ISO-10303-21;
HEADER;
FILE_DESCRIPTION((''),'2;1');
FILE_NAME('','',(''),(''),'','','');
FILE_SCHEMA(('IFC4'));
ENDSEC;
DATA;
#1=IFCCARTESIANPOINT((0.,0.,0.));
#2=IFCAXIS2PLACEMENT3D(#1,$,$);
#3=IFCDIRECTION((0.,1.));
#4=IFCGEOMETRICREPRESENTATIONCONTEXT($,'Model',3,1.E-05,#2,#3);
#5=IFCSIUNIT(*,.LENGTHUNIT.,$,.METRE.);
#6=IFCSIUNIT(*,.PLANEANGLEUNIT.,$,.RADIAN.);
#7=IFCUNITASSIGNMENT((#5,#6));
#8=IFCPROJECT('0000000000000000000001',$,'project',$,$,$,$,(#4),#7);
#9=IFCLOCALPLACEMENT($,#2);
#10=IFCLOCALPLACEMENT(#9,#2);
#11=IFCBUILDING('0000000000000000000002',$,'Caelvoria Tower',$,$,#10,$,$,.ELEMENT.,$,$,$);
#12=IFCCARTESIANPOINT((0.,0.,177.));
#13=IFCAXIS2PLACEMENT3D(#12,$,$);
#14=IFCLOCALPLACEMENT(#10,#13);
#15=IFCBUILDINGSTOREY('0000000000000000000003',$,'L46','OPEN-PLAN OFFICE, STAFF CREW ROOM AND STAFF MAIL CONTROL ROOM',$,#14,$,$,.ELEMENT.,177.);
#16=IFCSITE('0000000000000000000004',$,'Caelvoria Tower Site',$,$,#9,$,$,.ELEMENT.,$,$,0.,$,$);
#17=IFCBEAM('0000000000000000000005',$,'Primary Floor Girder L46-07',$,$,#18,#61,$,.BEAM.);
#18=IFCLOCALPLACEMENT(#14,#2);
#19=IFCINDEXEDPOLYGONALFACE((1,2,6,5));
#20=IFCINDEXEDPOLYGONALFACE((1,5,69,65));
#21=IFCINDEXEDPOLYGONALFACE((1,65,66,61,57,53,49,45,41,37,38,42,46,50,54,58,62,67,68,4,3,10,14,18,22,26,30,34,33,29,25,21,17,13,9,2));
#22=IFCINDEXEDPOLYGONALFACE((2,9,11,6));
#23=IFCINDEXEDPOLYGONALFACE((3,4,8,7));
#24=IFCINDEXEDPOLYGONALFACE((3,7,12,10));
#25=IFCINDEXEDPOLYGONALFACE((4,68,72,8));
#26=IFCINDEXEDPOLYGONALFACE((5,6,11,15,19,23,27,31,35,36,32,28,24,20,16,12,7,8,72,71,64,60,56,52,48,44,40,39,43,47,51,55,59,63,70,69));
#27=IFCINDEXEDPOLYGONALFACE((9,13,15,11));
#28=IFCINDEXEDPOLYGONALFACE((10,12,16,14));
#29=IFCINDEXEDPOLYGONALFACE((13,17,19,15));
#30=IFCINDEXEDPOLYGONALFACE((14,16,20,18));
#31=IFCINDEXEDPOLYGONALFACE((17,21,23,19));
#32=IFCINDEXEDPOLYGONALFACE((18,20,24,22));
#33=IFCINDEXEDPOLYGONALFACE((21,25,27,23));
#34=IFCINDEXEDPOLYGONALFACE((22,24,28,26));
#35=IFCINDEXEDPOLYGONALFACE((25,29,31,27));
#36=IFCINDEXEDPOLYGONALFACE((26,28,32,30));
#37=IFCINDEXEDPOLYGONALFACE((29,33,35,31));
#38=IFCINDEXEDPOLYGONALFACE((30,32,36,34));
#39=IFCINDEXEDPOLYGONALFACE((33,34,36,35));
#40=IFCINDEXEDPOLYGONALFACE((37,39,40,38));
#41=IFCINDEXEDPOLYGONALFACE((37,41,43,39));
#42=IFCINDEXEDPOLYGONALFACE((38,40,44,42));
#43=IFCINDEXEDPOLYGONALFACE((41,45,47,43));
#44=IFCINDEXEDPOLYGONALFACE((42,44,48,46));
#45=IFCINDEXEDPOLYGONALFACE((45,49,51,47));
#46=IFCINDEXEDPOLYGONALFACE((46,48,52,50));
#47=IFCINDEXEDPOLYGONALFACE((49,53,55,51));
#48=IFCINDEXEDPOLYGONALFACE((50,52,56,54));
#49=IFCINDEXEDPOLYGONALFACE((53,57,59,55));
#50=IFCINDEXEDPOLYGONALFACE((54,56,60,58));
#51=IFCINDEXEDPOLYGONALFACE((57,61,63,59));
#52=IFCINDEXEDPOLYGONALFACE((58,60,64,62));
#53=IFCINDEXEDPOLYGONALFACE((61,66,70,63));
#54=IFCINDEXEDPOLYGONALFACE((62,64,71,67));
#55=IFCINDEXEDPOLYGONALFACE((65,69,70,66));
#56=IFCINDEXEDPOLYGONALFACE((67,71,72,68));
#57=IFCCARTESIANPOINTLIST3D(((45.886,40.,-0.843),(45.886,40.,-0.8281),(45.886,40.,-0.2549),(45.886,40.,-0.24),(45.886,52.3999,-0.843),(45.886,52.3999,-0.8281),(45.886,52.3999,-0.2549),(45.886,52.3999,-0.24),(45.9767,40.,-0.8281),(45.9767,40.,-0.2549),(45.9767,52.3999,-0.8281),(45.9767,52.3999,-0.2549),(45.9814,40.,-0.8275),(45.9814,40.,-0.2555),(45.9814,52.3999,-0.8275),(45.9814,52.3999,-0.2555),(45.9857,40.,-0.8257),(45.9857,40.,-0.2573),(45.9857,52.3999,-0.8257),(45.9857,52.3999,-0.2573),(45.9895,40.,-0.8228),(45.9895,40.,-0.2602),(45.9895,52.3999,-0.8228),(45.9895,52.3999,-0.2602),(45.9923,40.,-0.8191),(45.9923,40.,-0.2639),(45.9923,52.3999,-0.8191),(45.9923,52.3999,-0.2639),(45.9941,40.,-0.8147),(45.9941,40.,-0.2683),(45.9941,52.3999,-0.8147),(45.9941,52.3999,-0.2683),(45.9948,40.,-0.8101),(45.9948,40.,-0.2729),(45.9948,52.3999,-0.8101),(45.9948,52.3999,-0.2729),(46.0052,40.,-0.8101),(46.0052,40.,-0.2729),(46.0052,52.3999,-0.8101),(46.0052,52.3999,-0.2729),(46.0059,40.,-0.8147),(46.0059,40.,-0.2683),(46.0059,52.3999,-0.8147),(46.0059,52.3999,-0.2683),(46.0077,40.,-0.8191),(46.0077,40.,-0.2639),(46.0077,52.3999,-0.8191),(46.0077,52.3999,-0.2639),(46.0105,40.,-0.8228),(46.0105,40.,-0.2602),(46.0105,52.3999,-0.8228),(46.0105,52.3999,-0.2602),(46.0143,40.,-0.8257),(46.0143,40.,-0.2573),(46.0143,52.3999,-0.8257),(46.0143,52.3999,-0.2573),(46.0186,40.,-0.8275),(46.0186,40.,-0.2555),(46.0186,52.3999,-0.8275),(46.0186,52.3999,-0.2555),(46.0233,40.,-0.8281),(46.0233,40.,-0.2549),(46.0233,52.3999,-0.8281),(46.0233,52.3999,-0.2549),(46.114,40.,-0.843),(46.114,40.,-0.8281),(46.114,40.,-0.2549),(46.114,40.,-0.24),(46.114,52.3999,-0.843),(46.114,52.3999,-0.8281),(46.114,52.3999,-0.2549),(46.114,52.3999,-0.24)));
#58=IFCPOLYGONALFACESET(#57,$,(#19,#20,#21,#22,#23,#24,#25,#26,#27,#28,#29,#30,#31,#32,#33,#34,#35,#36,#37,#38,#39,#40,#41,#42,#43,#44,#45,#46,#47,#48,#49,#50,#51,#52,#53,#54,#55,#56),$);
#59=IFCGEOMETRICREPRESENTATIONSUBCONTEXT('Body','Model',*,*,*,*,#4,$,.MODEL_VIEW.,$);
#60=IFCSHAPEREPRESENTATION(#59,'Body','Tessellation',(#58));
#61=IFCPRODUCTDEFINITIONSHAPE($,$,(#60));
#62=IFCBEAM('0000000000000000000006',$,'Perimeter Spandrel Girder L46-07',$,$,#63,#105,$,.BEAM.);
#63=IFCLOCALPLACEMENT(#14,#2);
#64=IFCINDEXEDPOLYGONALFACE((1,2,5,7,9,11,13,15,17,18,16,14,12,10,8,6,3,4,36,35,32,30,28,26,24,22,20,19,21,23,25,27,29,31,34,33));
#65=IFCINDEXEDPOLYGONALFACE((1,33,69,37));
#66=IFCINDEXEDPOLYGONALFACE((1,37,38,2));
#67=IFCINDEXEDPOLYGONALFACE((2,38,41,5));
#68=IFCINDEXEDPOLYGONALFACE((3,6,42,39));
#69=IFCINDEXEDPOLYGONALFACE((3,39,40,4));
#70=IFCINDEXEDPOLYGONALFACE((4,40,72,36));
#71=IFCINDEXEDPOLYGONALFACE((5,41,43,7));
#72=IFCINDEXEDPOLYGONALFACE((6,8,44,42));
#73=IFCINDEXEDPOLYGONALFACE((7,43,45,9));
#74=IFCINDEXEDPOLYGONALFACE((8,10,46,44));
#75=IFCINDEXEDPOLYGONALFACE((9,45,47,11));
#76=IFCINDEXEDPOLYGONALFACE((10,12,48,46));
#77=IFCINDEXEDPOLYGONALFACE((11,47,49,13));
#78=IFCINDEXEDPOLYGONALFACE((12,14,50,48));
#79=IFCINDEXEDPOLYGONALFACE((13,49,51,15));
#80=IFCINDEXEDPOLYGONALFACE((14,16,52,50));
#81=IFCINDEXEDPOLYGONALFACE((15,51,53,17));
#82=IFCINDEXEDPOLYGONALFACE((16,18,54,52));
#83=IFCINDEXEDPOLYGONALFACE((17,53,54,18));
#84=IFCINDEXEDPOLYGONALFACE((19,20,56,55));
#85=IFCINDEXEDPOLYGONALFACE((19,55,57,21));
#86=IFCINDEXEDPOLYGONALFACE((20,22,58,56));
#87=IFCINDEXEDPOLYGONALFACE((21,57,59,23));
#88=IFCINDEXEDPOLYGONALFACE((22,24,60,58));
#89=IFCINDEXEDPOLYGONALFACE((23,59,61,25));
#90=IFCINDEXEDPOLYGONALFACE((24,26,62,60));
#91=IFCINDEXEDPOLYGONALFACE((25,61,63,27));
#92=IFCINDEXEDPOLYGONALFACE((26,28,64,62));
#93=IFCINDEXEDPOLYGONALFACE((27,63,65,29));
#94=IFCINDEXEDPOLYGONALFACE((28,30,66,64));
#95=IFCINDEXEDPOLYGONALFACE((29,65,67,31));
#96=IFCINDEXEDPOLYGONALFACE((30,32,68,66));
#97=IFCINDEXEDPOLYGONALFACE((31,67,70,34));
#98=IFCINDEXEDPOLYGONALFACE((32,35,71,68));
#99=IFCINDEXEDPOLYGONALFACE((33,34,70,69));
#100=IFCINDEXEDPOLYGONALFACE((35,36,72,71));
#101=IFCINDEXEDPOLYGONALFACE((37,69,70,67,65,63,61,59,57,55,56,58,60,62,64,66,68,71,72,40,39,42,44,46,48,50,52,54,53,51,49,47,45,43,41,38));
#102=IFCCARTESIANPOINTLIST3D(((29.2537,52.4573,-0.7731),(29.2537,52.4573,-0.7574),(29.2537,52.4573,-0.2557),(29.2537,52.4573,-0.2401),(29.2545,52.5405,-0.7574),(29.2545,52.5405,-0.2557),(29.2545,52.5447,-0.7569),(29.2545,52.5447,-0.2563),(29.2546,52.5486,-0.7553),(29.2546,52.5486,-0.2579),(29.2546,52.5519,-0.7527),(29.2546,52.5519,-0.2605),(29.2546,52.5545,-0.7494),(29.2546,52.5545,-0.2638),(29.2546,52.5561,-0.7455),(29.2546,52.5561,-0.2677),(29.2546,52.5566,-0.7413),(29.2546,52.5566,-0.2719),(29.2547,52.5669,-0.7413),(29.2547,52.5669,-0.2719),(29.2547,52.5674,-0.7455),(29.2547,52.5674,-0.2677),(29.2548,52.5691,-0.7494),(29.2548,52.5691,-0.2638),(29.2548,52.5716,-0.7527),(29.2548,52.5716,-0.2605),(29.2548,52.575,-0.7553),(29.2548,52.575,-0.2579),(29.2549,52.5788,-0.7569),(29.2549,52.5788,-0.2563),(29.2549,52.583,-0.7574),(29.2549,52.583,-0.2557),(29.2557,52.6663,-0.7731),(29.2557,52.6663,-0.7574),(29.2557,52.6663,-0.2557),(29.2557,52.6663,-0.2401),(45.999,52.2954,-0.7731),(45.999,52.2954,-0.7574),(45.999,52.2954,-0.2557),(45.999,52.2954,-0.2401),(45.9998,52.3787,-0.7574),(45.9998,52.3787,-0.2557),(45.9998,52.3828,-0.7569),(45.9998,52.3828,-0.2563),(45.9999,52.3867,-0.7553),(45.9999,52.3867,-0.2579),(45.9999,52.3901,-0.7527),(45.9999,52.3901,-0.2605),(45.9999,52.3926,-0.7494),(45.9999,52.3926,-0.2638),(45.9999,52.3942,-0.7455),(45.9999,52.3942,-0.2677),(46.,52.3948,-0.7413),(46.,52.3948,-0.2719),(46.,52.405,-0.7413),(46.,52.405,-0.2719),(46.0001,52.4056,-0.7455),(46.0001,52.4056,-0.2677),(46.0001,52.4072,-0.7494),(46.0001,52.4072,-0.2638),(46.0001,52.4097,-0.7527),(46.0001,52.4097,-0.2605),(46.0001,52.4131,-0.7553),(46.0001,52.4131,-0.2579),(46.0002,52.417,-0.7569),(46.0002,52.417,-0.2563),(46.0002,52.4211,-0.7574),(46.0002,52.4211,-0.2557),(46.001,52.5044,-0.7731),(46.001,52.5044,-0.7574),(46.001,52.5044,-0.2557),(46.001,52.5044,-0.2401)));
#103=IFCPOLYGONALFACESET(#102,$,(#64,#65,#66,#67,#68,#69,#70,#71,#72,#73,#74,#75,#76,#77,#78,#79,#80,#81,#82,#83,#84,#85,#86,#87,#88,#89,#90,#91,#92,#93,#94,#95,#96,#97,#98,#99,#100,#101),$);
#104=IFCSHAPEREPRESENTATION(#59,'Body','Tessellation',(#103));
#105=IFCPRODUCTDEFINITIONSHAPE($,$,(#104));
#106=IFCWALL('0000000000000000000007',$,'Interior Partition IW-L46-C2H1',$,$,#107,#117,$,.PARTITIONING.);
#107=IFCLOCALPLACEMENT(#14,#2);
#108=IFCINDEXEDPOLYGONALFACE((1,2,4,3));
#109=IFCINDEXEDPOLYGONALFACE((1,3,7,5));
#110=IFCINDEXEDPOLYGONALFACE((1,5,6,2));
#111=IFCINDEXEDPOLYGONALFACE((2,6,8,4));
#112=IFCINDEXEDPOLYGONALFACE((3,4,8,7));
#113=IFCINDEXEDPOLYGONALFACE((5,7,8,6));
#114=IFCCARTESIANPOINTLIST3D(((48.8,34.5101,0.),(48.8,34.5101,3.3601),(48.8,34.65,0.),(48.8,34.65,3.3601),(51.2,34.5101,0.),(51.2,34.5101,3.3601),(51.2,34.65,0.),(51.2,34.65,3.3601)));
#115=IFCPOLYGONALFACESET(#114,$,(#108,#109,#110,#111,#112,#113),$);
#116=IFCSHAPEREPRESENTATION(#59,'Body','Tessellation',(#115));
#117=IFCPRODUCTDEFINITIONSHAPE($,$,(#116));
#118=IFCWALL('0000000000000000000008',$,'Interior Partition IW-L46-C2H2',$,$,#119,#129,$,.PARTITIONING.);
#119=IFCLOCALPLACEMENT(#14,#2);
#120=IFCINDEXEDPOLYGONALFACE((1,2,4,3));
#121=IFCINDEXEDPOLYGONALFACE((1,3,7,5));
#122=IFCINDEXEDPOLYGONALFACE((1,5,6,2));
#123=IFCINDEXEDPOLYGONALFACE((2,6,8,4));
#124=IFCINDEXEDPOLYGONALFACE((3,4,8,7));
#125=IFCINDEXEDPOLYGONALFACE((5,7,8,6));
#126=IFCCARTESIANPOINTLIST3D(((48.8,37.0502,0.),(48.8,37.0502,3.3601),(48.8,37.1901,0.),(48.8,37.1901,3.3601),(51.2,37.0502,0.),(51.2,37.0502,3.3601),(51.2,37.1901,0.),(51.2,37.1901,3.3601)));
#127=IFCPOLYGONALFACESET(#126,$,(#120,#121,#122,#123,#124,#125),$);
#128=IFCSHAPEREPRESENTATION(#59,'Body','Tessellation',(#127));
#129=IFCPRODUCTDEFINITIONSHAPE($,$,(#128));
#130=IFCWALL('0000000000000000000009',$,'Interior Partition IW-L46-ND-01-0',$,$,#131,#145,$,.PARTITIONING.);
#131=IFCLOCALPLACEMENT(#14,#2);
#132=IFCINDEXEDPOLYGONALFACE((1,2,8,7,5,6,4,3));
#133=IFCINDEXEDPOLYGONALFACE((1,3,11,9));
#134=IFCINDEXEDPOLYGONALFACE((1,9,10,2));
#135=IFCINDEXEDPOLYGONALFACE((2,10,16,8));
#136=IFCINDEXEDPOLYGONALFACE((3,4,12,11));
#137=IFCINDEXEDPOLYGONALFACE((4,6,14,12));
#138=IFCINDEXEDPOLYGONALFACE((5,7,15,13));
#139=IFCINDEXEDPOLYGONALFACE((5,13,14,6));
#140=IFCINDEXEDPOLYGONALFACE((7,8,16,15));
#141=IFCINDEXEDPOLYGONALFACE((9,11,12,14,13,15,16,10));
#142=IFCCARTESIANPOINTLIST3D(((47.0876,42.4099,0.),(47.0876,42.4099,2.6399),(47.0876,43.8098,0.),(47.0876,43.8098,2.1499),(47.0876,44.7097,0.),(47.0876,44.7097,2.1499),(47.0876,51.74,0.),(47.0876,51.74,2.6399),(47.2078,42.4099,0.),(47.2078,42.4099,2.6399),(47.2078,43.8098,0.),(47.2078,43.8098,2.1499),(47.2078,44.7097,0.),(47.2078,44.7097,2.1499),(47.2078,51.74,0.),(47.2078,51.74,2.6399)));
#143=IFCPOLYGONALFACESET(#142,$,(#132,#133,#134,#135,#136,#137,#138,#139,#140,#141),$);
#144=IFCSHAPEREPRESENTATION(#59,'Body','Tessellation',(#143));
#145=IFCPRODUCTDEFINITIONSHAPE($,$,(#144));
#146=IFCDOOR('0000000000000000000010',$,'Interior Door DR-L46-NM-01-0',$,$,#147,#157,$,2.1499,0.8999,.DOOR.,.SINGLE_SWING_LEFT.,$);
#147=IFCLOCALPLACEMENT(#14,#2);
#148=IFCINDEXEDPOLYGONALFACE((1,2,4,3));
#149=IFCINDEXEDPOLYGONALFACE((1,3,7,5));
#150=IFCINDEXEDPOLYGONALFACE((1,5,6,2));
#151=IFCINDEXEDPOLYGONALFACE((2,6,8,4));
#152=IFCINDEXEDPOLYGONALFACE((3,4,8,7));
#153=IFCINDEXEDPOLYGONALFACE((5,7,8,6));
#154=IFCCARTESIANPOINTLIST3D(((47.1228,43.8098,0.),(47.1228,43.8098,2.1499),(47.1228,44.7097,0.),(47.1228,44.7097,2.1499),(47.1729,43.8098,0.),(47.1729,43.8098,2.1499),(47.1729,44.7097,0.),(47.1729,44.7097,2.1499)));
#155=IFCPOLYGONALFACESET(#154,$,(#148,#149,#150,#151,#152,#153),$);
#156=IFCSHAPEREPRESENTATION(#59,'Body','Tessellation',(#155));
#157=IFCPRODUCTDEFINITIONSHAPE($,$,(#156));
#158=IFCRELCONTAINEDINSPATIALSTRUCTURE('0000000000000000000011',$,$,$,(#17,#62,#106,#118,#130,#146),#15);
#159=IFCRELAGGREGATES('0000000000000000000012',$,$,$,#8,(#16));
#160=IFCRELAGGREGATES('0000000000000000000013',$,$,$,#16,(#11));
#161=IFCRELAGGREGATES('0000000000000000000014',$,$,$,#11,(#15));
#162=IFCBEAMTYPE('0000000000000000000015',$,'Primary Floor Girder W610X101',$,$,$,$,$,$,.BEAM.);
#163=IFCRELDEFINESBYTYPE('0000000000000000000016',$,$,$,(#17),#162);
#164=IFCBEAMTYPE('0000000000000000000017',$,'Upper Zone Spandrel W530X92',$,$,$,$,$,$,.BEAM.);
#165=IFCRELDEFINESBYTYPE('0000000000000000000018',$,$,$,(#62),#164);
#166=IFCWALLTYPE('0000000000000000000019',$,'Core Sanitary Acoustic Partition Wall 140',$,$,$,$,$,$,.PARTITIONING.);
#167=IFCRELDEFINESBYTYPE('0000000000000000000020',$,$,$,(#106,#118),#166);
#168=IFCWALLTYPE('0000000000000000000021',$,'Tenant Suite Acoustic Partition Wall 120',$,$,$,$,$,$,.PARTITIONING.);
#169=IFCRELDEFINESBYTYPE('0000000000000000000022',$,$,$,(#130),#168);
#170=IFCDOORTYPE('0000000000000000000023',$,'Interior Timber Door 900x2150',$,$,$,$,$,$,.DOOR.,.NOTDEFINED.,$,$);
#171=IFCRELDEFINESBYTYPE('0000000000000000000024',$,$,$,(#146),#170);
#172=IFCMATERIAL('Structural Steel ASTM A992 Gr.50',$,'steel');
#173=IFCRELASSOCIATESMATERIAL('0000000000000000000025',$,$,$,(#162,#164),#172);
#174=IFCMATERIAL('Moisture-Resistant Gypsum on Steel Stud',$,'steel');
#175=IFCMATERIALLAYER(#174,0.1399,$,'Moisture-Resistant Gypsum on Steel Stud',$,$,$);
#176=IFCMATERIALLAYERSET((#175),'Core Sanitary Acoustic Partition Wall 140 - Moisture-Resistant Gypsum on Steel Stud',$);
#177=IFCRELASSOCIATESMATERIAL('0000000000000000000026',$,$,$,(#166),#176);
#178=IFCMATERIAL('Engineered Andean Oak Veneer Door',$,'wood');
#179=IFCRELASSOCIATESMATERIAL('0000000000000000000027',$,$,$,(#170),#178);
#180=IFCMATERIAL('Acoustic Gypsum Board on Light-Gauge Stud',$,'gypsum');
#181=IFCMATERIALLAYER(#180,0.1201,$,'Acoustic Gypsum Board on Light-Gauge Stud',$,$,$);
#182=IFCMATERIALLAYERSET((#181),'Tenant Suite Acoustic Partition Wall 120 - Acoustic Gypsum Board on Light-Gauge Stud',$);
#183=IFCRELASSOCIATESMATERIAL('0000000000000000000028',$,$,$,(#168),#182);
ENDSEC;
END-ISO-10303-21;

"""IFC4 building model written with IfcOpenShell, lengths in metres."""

from ifc_helpers import new_model, si_unit, direction, frame, frame_2d, origin, origin_2d, place, context, subcontext, project, spatial, rectangle, i_section, extrude, material, layer, layer_set, material_profile, profile_set, type_object, element, fill, save


model = new_model("IFC4")

# Units and contexts
model_context = context("Model", 3, precision=1e-05, world=origin(), true_north=direction((0.0, 1.0)))
body_context = subcontext(model_context, "Body", "Model", "MODEL_VIEW")
ifc_project = project(units=[si_unit("LENGTHUNIT", "METRE"), si_unit("PLANEANGLEUNIT", "RADIAN")], contexts=[model_context])

# Site, building, storey
site_placement = place(None, origin())
site = spatial("IfcSite", under=ifc_project, at=site_placement, Name="Caelvoria Tower Site", CompositionType="ELEMENT", RefElevation=0.0)
building_placement = place(site_placement, origin())
building = spatial("IfcBuilding", under=site, at=building_placement, Name="Caelvoria Tower", CompositionType="ELEMENT")
storey_placement = place(building_placement, frame((0.0, 0.0, 177.0)))
storey = spatial("IfcBuildingStorey", under=building, at=storey_placement, Name="L46", Description="OPEN-PLAN OFFICE, STAFF CREW ROOM AND STAFF MAIL CONTROL ROOM", CompositionType="ELEMENT", Elevation=177.0)

# Beams
ifc_material_1 = material(Name="Structural Steel ASTM A992 Gr.50", Category="steel")
ifc_material_profile_1 = material_profile(ifc_material_1, i_section(OverallWidth=0.228, OverallDepth=0.603, WebThickness=0.0105, FlangeThickness=0.0149, FilletRadius=0.0181, at=origin_2d()), Name="Structural Steel ASTM A992 Gr.50")
ifc_profile_set_1 = profile_set([ifc_material_profile_1], Name="W610X101 - Structural Steel ASTM A992 Gr.50")
beam_type_1 = type_object("IfcBeamType", Name="Primary Floor Girder W610X101", PredefinedType="BEAM", material=ifc_profile_set_1)
beam_1_placement = place(storey_placement, frame((46.0, 40.0, -0.5415), z_axis=(0.0, 1.0, 0.0), x_axis=(-1.0, 0.0, 0.0)))
element("IfcBeam", 1, at=beam_1_placement, inside=storey, type_object=beam_type_1, Name="Primary Floor Girder L46-07", PredefinedType="BEAM", context=body_context, shape_type="SweptSolid", body=[
    extrude(i_section(OverallWidth=0.228, OverallDepth=0.603, WebThickness=0.0105, FlangeThickness=0.0149, FilletRadius=0.0181, at=origin_2d()), origin(), (0.0, 0.0, 1.0), 12.3999),
])
ifc_material_profile_2 = material_profile(ifc_material_1, i_section(OverallWidth=0.209, OverallDepth=0.533, WebThickness=0.0103, FlangeThickness=0.0156, FilletRadius=0.0161, at=origin_2d()), Name="Structural Steel ASTM A992 Gr.50")
ifc_profile_set_2 = profile_set([ifc_material_profile_2], Name="W530X92 - Structural Steel ASTM A992 Gr.50")
beam_type_2 = type_object("IfcBeamType", Name="Upper Zone Spandrel W530X92", PredefinedType="BEAM", material=ifc_profile_set_2)
beam_2_placement = place(storey_placement, frame((46.0, 52.3999, -0.5066), z_axis=(-0.999953, 0.009666, 0.0), x_axis=(-0.009666, -0.999953, 0.0)))
element("IfcBeam", 2, at=beam_2_placement, inside=storey, type_object=beam_type_2, Name="Perimeter Spandrel Girder L46-07", PredefinedType="BEAM", context=body_context, shape_type="SweptSolid", body=[
    extrude(i_section(OverallWidth=0.209, OverallDepth=0.533, WebThickness=0.0103, FlangeThickness=0.0156, FilletRadius=0.0161, at=origin_2d()), origin(), (0.0, 0.0, 1.0), 16.7461),
])

# Shared definitions
ifc_material_2 = material(Name="Moisture-Resistant Gypsum on Steel Stud", Category="steel")
ifc_layer_1 = layer(ifc_material_2, 0.1399, Name="Moisture-Resistant Gypsum on Steel Stud")
ifc_layer_set_1 = layer_set([ifc_layer_1], Name="Core Sanitary Acoustic Partition Wall 140 - Moisture-Resistant Gypsum on Steel Stud")
wall_type_1 = type_object("IfcWallType", Name="Core Sanitary Acoustic Partition Wall 140", PredefinedType="PARTITIONING", material=ifc_layer_set_1)
ifc_material_3 = material(Name="Engineered Andean Oak Veneer Door", Category="wood")
door_type_1 = type_object("IfcDoorType", Name="Interior Timber Door 900x2150", OperationType="NOTDEFINED", PredefinedType="DOOR", material=ifc_material_3)

# Walls
for number, where, z_axis, x_axis, name in (
    (3, (48.8, 34.5801, 0.0), (0.0, 0.0, 1.0), (1.0, 0.0, 0.0), "Interior Partition IW-L46-C2H1"),
    (4, (48.8, 37.1201, 0.0), (0.0, 0.0, 1.0), (1.0, 0.0, 0.0), "Interior Partition IW-L46-C2H2"),
):
    element("IfcWall", number, at=place(storey_placement, frame(where, z_axis=z_axis, x_axis=x_axis)), inside=storey, type_object=wall_type_1, Name=name, PredefinedType="PARTITIONING", context=body_context, shape_type="SweptSolid", body=[
        extrude(rectangle(XDim=2.3999, YDim=0.1399, at=frame_2d((1.2, 0.0))), origin(), (0.0, 0.0, 1.0), 3.3601),
    ])

# Wall, opening, door
ifc_material_4 = material(Name="Acoustic Gypsum Board on Light-Gauge Stud", Category="gypsum")
ifc_layer_2 = layer(ifc_material_4, 0.1201, Name="Acoustic Gypsum Board on Light-Gauge Stud")
ifc_layer_set_2 = layer_set([ifc_layer_2], Name="Tenant Suite Acoustic Partition Wall 120 - Acoustic Gypsum Board on Light-Gauge Stud")
wall_type_2 = type_object("IfcWallType", Name="Tenant Suite Acoustic Partition Wall 120", PredefinedType="PARTITIONING", material=ifc_layer_set_2)
wall_1_placement = place(storey_placement, frame((47.1477, 42.4099, 0.0), z_axis=(0.0, 0.0, 1.0), x_axis=(0.0, 1.0, 0.0)))
wall_1 = element("IfcWall", 5, at=wall_1_placement, inside=storey, type_object=wall_type_2, Name="Interior Partition IW-L46-ND-01-0", PredefinedType="PARTITIONING", context=body_context, shape_type="SweptSolid", body=[
    extrude(rectangle(XDim=9.3301, YDim=0.1201, at=frame_2d((4.665, 0.0))), origin(), (0.0, 0.0, 1.0), 2.6399),
])
opening_1_placement = place(wall_1_placement, frame((1.3999, 0.0, 0.0)))
opening_1 = element("IfcOpeningElement", 6, at=opening_1_placement, cuts=wall_1, PredefinedType="OPENING", context=body_context, shape_type="SweptSolid", body=[
    extrude(rectangle(XDim=0.8999, YDim=2.1499, at=frame_2d((0.45, 1.075))), frame((0.0, 0.0701, 0.0), z_axis=(0.0, -1.0, 0.0), x_axis=(1.0, 0.0, 0.0)), (0.0, 0.0, 1.0), 0.1401),
])
door_1_placement = place(opening_1_placement, origin())
door_1 = element("IfcDoor", 7, at=door_1_placement, inside=storey, type_object=door_type_1, Name="Interior Door DR-L46-NM-01-0", OperationType="SINGLE_SWING_LEFT", OverallHeight=2.1499, OverallWidth=0.8999, PredefinedType="DOOR", context=body_context, shape_type="SweptSolid", body=[
    extrude(rectangle(XDim=0.8999, YDim=2.1499, at=frame_2d((0.45, 1.075))), frame((0.0, 0.0249, 0.0), z_axis=(0.0, -1.0, 0.0), x_axis=(1.0, 0.0, 0.0)), (0.0, 0.0, 1.0), 0.05),
])
fill(opening_1, door_1)

save(model, "model.ifc")
